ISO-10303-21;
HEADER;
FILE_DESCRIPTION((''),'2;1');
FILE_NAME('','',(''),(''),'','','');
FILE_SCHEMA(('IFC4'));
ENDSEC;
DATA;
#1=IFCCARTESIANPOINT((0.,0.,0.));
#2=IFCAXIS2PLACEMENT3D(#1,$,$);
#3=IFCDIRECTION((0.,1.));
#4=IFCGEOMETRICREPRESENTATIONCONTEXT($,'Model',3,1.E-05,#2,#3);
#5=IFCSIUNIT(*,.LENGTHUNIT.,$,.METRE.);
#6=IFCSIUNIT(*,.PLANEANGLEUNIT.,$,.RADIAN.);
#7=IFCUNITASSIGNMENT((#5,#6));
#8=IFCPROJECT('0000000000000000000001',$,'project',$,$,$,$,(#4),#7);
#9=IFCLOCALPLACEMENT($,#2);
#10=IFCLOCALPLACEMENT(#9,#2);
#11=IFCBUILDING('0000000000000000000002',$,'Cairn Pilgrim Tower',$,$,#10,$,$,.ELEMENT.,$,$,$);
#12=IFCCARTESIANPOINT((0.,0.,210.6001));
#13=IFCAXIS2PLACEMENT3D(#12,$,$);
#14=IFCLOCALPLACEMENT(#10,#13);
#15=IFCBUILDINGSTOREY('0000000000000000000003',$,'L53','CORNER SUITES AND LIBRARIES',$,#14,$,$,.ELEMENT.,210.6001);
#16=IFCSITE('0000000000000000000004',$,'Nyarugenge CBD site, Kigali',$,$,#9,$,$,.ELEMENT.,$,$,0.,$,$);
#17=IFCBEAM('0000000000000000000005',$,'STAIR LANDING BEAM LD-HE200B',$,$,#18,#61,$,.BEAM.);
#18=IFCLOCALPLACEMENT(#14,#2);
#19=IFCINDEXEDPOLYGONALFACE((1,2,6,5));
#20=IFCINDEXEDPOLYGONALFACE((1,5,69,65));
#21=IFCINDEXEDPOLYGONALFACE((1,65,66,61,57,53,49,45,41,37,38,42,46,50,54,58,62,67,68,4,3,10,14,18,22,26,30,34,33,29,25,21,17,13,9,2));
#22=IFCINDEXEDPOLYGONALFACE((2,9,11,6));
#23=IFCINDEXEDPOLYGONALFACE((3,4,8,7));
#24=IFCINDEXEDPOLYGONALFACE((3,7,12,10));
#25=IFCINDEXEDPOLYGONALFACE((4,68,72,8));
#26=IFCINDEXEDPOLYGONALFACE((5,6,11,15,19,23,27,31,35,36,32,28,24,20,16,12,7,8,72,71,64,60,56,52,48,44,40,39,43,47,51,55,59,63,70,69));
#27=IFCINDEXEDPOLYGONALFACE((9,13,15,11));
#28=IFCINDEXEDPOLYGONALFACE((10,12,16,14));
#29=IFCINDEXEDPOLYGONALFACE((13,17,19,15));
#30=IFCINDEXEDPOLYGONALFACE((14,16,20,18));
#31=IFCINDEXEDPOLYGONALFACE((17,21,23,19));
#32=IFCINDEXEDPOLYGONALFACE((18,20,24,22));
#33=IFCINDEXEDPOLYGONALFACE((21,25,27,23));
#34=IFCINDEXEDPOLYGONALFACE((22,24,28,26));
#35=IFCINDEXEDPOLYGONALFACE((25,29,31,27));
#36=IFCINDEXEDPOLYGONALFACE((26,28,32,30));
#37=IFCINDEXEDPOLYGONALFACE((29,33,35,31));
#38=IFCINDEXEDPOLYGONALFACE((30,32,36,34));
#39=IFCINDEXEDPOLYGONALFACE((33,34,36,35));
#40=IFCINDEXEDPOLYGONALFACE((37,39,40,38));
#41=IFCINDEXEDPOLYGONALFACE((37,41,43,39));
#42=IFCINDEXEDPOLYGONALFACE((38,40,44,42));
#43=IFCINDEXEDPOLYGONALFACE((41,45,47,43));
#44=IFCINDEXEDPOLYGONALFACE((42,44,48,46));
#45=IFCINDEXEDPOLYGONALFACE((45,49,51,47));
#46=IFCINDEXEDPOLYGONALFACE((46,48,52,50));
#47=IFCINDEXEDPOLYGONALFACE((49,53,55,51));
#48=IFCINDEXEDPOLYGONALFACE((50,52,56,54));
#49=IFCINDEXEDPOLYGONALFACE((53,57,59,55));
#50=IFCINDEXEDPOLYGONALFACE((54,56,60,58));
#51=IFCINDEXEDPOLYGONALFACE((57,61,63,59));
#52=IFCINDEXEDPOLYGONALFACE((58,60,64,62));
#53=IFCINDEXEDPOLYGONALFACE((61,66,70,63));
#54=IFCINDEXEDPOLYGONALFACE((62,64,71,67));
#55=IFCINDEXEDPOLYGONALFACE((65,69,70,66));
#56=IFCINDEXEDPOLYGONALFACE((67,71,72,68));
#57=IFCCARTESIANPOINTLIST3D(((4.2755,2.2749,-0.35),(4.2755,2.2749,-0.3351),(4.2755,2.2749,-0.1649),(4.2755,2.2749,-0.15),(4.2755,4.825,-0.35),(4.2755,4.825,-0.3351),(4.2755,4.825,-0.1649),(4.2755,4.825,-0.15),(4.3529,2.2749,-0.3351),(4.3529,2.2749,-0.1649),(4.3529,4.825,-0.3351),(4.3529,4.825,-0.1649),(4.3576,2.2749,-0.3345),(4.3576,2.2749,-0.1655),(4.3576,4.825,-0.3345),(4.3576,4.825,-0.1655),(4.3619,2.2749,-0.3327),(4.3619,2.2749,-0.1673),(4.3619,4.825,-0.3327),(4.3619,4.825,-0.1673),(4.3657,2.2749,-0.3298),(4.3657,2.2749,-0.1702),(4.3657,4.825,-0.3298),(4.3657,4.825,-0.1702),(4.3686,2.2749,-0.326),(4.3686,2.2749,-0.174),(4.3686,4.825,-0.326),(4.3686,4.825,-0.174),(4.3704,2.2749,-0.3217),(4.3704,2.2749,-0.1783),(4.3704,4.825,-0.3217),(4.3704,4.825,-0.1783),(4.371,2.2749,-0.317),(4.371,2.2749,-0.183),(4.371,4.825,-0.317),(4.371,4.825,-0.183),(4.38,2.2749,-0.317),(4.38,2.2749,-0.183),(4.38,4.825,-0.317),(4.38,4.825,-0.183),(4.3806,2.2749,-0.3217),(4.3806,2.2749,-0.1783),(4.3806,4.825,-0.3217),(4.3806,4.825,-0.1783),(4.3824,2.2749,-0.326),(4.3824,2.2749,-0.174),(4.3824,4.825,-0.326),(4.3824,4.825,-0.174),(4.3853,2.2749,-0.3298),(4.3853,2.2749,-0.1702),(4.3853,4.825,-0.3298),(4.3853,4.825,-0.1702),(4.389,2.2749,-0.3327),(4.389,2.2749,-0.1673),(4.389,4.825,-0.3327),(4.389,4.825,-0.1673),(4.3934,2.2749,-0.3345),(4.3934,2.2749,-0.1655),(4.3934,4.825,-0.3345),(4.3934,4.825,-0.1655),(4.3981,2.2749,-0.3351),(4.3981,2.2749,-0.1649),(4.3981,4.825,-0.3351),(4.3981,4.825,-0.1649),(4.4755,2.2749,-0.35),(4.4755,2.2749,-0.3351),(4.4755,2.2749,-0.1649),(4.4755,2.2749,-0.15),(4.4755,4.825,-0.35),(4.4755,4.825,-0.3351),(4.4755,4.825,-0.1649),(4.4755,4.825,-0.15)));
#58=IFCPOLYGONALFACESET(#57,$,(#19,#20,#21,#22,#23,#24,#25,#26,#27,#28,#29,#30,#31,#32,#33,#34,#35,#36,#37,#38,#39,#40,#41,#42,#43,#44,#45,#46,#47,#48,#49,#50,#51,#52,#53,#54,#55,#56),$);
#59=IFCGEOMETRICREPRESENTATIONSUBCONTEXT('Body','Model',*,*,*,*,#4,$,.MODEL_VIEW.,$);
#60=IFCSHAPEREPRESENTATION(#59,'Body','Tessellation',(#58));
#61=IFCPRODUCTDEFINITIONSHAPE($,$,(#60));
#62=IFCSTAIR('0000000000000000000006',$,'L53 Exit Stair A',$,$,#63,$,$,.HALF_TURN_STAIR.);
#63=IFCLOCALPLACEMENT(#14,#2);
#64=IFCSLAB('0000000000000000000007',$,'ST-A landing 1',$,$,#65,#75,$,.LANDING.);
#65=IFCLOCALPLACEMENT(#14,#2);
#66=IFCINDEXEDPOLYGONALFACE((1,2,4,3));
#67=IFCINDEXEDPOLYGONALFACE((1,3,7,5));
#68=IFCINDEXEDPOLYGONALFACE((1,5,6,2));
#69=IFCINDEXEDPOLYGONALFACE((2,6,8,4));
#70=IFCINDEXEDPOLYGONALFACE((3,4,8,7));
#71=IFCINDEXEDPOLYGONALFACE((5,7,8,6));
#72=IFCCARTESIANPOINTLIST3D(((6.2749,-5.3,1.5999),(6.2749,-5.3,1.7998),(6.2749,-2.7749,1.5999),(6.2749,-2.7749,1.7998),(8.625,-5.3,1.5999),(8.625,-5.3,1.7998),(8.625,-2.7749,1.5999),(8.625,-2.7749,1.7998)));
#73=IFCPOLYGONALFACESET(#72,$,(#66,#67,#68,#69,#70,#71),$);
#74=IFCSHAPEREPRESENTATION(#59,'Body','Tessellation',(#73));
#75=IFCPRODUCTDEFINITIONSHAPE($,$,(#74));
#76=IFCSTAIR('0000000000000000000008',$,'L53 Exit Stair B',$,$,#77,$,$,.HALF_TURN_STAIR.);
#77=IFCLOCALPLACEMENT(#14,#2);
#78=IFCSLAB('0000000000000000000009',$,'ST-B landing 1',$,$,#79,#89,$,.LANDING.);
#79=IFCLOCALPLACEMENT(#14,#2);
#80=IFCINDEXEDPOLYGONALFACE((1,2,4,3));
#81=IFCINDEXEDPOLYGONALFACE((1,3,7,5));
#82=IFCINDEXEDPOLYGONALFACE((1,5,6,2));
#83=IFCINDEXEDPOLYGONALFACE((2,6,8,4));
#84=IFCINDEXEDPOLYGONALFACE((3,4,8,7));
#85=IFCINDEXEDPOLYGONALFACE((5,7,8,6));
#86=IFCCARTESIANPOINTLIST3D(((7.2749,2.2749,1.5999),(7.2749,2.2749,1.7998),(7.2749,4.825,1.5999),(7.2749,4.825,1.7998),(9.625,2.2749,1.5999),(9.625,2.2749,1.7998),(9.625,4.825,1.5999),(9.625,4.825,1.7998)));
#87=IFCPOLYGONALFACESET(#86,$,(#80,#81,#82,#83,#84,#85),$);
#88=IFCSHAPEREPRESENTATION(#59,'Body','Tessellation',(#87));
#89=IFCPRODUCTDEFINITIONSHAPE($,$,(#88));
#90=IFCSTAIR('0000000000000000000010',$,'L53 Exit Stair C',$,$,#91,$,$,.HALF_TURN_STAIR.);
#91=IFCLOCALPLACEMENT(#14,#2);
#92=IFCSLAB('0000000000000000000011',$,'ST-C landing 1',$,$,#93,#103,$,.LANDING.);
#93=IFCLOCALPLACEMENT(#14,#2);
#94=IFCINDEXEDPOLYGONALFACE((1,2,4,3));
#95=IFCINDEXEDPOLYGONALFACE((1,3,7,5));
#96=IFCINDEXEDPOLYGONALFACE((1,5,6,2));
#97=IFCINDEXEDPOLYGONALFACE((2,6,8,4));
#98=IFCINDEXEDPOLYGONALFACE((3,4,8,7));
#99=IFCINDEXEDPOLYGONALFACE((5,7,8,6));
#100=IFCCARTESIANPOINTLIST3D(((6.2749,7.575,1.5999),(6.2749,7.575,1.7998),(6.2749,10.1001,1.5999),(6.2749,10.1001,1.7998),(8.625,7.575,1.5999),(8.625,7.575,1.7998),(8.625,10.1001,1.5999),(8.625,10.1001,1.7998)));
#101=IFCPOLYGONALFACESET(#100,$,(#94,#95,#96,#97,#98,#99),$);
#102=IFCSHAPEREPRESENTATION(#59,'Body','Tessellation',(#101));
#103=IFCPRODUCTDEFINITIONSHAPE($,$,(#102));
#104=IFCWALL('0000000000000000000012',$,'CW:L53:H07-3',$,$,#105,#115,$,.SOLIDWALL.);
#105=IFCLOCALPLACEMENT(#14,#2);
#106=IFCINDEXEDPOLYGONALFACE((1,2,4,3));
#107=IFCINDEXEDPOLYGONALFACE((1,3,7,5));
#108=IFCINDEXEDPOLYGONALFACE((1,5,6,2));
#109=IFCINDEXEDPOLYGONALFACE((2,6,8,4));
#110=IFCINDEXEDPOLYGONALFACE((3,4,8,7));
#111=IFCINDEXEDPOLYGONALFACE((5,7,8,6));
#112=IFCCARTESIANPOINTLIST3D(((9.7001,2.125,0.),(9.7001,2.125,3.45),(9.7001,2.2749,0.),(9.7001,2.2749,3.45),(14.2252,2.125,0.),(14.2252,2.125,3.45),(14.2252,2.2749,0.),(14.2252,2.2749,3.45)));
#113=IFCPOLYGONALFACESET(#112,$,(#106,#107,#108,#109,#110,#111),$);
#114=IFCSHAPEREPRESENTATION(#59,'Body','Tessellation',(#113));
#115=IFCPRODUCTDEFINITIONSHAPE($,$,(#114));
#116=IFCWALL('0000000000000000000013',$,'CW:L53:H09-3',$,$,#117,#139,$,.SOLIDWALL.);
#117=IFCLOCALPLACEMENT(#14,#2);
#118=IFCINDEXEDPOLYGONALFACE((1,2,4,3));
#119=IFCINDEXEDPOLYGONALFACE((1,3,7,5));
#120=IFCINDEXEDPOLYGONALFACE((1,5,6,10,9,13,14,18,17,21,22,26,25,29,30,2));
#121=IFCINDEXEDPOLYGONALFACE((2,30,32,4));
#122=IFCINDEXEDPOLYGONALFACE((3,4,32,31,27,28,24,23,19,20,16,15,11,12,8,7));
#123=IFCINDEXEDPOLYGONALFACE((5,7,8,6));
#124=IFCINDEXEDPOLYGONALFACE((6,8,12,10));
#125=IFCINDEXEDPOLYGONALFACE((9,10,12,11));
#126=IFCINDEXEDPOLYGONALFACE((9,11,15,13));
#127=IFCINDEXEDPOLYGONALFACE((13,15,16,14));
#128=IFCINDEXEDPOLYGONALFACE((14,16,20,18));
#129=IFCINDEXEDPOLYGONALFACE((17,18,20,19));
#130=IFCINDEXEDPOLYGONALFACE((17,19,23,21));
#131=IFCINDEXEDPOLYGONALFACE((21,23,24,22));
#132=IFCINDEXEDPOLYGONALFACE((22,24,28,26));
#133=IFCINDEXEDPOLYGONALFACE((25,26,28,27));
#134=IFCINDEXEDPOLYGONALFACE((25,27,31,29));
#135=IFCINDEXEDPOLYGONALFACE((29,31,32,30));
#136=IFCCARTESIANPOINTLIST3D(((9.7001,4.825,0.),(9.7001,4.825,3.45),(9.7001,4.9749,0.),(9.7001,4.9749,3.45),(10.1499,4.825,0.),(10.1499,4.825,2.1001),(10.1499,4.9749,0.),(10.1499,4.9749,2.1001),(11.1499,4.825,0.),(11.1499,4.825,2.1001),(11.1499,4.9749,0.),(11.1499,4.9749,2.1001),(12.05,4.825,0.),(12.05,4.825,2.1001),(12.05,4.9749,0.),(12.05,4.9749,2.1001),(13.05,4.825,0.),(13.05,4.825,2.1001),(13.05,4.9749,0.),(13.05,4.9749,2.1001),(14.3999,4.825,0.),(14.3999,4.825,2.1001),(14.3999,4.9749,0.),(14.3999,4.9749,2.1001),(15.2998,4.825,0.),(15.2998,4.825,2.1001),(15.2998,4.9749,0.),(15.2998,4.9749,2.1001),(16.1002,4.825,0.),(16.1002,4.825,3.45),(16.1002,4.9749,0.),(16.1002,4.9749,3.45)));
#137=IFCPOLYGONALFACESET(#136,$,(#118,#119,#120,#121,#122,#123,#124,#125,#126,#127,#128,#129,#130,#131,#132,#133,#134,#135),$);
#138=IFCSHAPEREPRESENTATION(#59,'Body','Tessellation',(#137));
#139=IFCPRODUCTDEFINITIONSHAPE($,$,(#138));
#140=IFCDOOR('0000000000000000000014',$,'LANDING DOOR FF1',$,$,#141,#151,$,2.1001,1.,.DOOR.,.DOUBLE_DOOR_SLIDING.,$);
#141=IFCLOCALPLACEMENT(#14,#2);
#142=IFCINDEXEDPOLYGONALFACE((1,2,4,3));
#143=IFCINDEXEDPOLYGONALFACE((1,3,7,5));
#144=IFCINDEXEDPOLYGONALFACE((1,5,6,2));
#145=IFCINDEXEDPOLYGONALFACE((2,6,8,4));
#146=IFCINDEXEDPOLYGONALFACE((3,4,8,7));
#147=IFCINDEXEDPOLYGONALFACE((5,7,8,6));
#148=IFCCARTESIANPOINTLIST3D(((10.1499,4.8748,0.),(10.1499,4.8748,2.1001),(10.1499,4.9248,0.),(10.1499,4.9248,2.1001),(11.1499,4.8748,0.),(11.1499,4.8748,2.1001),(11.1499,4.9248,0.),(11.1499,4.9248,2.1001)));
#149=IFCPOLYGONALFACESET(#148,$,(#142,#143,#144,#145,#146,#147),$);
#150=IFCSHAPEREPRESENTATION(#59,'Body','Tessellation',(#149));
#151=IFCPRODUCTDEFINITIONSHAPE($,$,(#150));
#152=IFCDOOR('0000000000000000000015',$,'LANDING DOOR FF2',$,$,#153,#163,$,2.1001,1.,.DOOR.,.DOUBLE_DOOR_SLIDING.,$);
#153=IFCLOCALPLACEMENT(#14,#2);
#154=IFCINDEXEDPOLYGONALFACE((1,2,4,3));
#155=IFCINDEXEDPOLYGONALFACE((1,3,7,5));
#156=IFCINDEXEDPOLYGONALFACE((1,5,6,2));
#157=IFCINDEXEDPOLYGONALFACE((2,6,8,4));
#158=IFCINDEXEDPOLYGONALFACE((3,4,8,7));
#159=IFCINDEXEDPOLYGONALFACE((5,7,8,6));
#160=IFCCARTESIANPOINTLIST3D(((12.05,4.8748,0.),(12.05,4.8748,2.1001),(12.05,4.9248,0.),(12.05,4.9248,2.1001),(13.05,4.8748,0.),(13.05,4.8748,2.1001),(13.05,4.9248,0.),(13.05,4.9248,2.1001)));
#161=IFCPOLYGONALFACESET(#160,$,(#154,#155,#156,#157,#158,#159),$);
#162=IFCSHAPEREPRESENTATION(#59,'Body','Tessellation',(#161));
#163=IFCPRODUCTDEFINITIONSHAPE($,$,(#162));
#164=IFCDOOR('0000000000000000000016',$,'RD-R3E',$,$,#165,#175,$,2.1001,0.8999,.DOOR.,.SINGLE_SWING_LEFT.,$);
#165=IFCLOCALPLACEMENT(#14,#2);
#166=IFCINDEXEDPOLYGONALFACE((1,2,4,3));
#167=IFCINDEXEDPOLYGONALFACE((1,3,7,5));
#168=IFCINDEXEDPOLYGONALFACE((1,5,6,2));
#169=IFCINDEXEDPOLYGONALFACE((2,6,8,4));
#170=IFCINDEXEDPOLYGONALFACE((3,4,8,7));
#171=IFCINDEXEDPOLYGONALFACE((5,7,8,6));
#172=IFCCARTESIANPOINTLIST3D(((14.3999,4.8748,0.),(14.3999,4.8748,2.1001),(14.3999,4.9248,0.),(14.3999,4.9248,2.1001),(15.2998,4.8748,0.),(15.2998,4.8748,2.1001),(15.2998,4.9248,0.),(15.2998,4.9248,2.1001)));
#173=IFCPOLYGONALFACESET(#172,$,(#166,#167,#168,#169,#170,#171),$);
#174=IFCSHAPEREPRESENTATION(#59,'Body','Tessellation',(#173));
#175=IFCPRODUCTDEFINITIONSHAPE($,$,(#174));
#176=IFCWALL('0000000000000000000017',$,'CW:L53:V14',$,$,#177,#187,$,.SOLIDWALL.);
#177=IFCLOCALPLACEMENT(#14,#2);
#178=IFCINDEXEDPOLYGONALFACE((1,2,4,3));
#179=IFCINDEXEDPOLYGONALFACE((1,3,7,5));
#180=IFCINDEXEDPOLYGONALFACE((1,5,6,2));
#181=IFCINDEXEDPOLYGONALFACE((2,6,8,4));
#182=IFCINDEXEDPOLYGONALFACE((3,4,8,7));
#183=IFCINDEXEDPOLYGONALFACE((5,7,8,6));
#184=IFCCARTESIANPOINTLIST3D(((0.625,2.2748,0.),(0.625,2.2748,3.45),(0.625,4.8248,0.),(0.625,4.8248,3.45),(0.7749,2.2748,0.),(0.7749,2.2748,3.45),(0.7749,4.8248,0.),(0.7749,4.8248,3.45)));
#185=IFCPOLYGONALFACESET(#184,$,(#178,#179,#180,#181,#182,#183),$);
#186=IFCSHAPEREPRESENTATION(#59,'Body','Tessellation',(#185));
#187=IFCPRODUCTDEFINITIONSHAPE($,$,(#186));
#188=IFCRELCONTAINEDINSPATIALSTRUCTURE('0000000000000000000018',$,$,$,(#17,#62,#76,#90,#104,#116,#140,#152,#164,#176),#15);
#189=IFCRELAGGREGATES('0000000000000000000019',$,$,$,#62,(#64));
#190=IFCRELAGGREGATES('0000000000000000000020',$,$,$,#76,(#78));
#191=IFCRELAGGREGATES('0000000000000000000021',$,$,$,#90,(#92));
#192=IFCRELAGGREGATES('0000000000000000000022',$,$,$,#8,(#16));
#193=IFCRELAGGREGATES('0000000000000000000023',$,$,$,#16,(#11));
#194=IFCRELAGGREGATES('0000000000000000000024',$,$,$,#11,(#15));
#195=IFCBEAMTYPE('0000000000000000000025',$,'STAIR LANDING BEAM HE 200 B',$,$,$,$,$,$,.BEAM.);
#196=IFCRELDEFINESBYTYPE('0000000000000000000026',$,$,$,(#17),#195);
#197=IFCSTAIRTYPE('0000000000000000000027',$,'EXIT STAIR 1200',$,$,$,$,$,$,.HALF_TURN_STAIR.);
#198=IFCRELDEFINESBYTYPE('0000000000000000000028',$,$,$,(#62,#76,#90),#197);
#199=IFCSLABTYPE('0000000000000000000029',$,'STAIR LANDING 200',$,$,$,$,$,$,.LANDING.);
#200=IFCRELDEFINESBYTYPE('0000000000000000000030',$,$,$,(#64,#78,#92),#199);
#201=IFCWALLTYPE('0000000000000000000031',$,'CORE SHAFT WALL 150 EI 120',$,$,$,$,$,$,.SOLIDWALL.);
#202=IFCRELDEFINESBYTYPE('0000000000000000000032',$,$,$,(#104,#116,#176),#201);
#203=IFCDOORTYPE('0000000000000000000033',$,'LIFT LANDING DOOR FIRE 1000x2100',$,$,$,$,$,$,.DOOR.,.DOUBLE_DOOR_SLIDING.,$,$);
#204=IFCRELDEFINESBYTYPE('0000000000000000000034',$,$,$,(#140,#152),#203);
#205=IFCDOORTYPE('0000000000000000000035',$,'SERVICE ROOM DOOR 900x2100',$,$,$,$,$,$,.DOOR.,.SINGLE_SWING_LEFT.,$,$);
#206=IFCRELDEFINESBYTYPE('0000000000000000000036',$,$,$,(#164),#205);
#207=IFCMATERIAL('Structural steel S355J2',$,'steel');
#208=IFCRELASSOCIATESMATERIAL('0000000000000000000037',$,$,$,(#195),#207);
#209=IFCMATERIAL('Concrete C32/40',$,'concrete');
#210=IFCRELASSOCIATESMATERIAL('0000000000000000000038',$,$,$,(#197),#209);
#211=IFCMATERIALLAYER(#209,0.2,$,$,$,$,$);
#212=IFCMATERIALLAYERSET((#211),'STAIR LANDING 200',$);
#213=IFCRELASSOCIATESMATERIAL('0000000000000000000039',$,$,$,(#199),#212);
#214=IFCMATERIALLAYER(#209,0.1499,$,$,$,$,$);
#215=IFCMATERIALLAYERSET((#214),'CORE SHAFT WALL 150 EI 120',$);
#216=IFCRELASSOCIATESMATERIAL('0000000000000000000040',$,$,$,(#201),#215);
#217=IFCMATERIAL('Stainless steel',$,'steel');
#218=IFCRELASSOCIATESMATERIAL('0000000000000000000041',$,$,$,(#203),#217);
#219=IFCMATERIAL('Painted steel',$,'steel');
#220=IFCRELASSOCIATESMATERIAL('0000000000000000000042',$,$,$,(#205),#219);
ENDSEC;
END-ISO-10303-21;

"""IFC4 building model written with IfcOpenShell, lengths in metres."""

from ifc_helpers import new_model, si_unit, direction, frame, frame_2d, origin, origin_2d, place, context, subcontext, project, spatial, polyline, rectangle, i_section, outline, extrude, material, layer, layer_set, material_profile, profile_set, type_object, element, fill, aggregate, save


model = new_model("IFC4")

# Units and contexts
model_context = context("Model", 3, precision=1e-05, world=origin(), true_north=direction((0.0, 1.0)))
body_context = subcontext(model_context, "Body", "Model", "MODEL_VIEW")
ifc_project = project(units=[si_unit("LENGTHUNIT", "METRE"), si_unit("PLANEANGLEUNIT", "RADIAN")], contexts=[model_context])

# Site, building, storey
site_placement = place(None, origin())
site = spatial("IfcSite", under=ifc_project, at=site_placement, Name="Nyarugenge CBD site, Kigali", CompositionType="ELEMENT", RefElevation=0.0)
building_placement = place(site_placement, origin())
building = spatial("IfcBuilding", under=site, at=building_placement, Name="Cairn Pilgrim Tower", CompositionType="ELEMENT")
storey_placement = place(building_placement, frame((0.0, 0.0, 210.6001)))
storey = spatial("IfcBuildingStorey", under=building, at=storey_placement, Name="L53", Description="CORNER SUITES AND LIBRARIES", CompositionType="ELEMENT", Elevation=210.6001)

# Beam
ifc_material_1 = material(Name="Structural steel S355J2", Category="steel")
ifc_material_profile = material_profile(ifc_material_1, i_section(OverallWidth=0.2, OverallDepth=0.2, WebThickness=0.009, FlangeThickness=0.0149, FilletRadius=0.0181, at=origin_2d()), Name="HE 200 B")
ifc_profile_set = profile_set([ifc_material_profile], Name="Structural steel S355J2")
beam_type = type_object("IfcBeamType", Name="STAIR LANDING BEAM HE 200 B", PredefinedType="BEAM", material=ifc_profile_set)
beam_placement = place(storey_placement, frame((4.3755, 2.2749, -0.25), z_axis=(0.0, 1.0, 0.0), x_axis=(-1.0, 0.0, 0.0)))
element("IfcBeam", 1, at=beam_placement, inside=storey, type_object=beam_type, Name="STAIR LANDING BEAM LD-HE200B", PredefinedType="BEAM", context=body_context, shape_type="SweptSolid", body=[
    extrude(i_section(OverallWidth=0.2, OverallDepth=0.2, WebThickness=0.009, FlangeThickness=0.0149, FilletRadius=0.0181, at=origin_2d()), origin(), (0.0, 0.0, 1.0), 2.55),
])

# Stairs, slabs
ifc_material_2 = material(Name="Concrete C32/40", Category="concrete")
stair_type = type_object("IfcStairType", Name="EXIT STAIR 1200", PredefinedType="HALF_TURN_STAIR", material=ifc_material_2)
stair_1_placement = place(storey_placement, origin())
stair_1 = element("IfcStair", 2, at=stair_1_placement, inside=storey, type_object=stair_type, Name="L53 Exit Stair A", PredefinedType="HALF_TURN_STAIR")
ifc_layer_1 = layer(ifc_material_2, 0.2)
ifc_layer_set_1 = layer_set([ifc_layer_1], Name="STAIR LANDING 200")
slab_type = type_object("IfcSlabType", Name="STAIR LANDING 200", PredefinedType="LANDING", material=ifc_layer_set_1)
slab_1_placement = place(storey_placement, frame((0.0, 0.0, 1.5999)))
slab_1 = element("IfcSlab", 3, at=slab_1_placement, type_object=slab_type, Name="ST-A landing 1", PredefinedType="LANDING", context=body_context, shape_type="SweptSolid", body=[
    extrude(outline(polyline([(8.625, -2.7749), (6.2749, -2.7749), (6.2749, -5.3), (8.625, -5.3), (8.625, -2.7749)])), origin(), (0.0, 0.0, 1.0), 0.2),
])
aggregate(stair_1, [slab_1])
stair_2_placement = place(storey_placement, origin())
stair_2 = element("IfcStair", 4, at=stair_2_placement, inside=storey, type_object=stair_type, Name="L53 Exit Stair B", PredefinedType="HALF_TURN_STAIR")
slab_2_placement = place(storey_placement, frame((0.0, 0.0, 1.5999)))
slab_2 = element("IfcSlab", 5, at=slab_2_placement, type_object=slab_type, Name="ST-B landing 1", PredefinedType="LANDING", context=body_context, shape_type="SweptSolid", body=[
    extrude(outline(polyline([(7.2749, 2.2749), (9.625, 2.2749), (9.625, 4.825), (7.2749, 4.825), (7.2749, 2.2749)])), origin(), (0.0, 0.0, 1.0), 0.2),
])
stair_3_placement = place(storey_placement, origin())
stair_3 = element("IfcStair", 6, at=stair_3_placement, inside=storey, type_object=stair_type, Name="L53 Exit Stair C", PredefinedType="HALF_TURN_STAIR")
slab_3_placement = place(storey_placement, frame((0.0, 0.0, 1.5999)))
slab_3 = element("IfcSlab", 7, at=slab_3_placement, type_object=slab_type, Name="ST-C landing 1", PredefinedType="LANDING", context=body_context, shape_type="SweptSolid", body=[
    extrude(outline(polyline([(8.625, 10.1001), (6.2749, 10.1001), (6.2749, 7.575), (8.625, 7.575), (8.625, 10.1001)])), origin(), (0.0, 0.0, 1.0), 0.2),
])

# Wall
ifc_layer_2 = layer(ifc_material_2, 0.1499)
ifc_layer_set_2 = layer_set([ifc_layer_2], Name="CORE SHAFT WALL 150 EI 120")
wall_type_1 = type_object("IfcWallType", Name="CORE SHAFT WALL 150 EI 120", PredefinedType="SOLIDWALL", material=ifc_layer_set_2)
wall_1_placement = place(storey_placement, frame((9.7, 2.2, 0.0), z_axis=(0.0, 0.0, 1.0), x_axis=(1.0, 0.0, 0.0)))
element("IfcWall", 8, at=wall_1_placement, inside=storey, type_object=wall_type_1, Name="CW:L53:H07-3", PredefinedType="SOLIDWALL", context=body_context, shape_type="SweptSolid", body=[
    extrude(rectangle(XDim=4.5251, YDim=0.1499, at=frame_2d((2.2627, 0.0))), origin(), (0.0, 0.0, 1.0), 3.45),
])

# Wall, openings, doors
wall_2_placement = place(storey_placement, frame((9.7, 4.8999, 0.0), z_axis=(0.0, 0.0, 1.0), x_axis=(1.0, 0.0, 0.0)))
wall_2 = element("IfcWall", 9, at=wall_2_placement, inside=storey, type_object=wall_type_1, Name="CW:L53:H09-3", PredefinedType="SOLIDWALL", context=body_context, shape_type="SweptSolid", body=[
    extrude(rectangle(XDim=6.4001, YDim=0.1499, at=frame_2d((3.2002, 0.0))), origin(), (0.0, 0.0, 1.0), 3.45),
])
opening_1_placement = place(wall_2_placement, frame((0.45, 0.0, 0.0)))
opening_1 = element("IfcOpeningElement", 10, at=opening_1_placement, cuts=wall_2, PredefinedType="OPENING", context=body_context, shape_type="SweptSolid", body=[
    extrude(rectangle(XDim=1.0, YDim=2.1001, at=frame_2d((0.5, 1.05))), frame((0.0, 0.085, 0.0), z_axis=(0.0, -1.0, 0.0), x_axis=(1.0, 0.0, 0.0)), (0.0, 0.0, 1.0), 0.1699),
])
opening_2_placement = place(wall_2_placement, frame((2.3501, 0.0, 0.0)))
opening_2 = element("IfcOpeningElement", 11, at=opening_2_placement, cuts=wall_2, PredefinedType="OPENING", context=body_context, shape_type="SweptSolid", body=[
    extrude(rectangle(XDim=1.0, YDim=2.1001, at=frame_2d((0.5, 1.05))), frame((0.0, 0.085, 0.0), z_axis=(0.0, -1.0, 0.0), x_axis=(1.0, 0.0, 0.0)), (0.0, 0.0, 1.0), 0.1699),
])
opening_3_placement = place(wall_2_placement, frame((4.7, 0.0, 0.0)))
opening_3 = element("IfcOpeningElement", 12, at=opening_3_placement, cuts=wall_2, PredefinedType="OPENING", context=body_context, shape_type="SweptSolid", body=[
    extrude(rectangle(XDim=0.8999, YDim=2.1001, at=frame_2d((0.45, 1.05))), frame((0.0, 0.085, 0.0), z_axis=(0.0, -1.0, 0.0), x_axis=(1.0, 0.0, 0.0)), (0.0, 0.0, 1.0), 0.1699),
])
ifc_material_3 = material(Name="Stainless steel", Category="steel")
door_type_1 = type_object("IfcDoorType", Name="LIFT LANDING DOOR FIRE 1000x2100", OperationType="DOUBLE_DOOR_SLIDING", PredefinedType="DOOR", material=ifc_material_3)
door_1_placement = place(opening_1_placement, origin())
door_1 = element("IfcDoor", 13, at=door_1_placement, inside=storey, type_object=door_type_1, Name="LANDING DOOR FF1", OperationType="DOUBLE_DOOR_SLIDING", OverallHeight=2.1001, OverallWidth=1.0, PredefinedType="DOOR", context=body_context, shape_type="SweptSolid", body=[
    extrude(rectangle(XDim=1.0, YDim=2.1001, at=frame_2d((0.5, 1.05))), frame((0.0, 0.0249, 0.0), z_axis=(0.0, -1.0, 0.0), x_axis=(1.0, 0.0, 0.0)), (0.0, 0.0, 1.0), 0.05),
])
fill(opening_1, door_1)
door_2_placement = place(opening_2_placement, origin())
door_2 = element("IfcDoor", 14, at=door_2_placement, inside=storey, type_object=door_type_1, Name="LANDING DOOR FF2", OperationType="DOUBLE_DOOR_SLIDING", OverallHeight=2.1001, OverallWidth=1.0, PredefinedType="DOOR", context=body_context, shape_type="SweptSolid", body=[
    extrude(rectangle(XDim=1.0, YDim=2.1001, at=frame_2d((0.5, 1.05))), frame((0.0, 0.0249, 0.0), z_axis=(0.0, -1.0, 0.0), x_axis=(1.0, 0.0, 0.0)), (0.0, 0.0, 1.0), 0.05),
])
fill(opening_2, door_2)
ifc_material_4 = material(Name="Painted steel", Category="steel")
door_type_2 = type_object("IfcDoorType", Name="SERVICE ROOM DOOR 900x2100", OperationType="SINGLE_SWING_LEFT", PredefinedType="DOOR", material=ifc_material_4)
door_3_placement = place(opening_3_placement, origin())
door_3 = element("IfcDoor", 15, at=door_3_placement, inside=storey, type_object=door_type_2, Name="RD-R3E", OperationType="SINGLE_SWING_LEFT", OverallHeight=2.1001, OverallWidth=0.8999, PredefinedType="DOOR", context=body_context, shape_type="SweptSolid", body=[
    extrude(rectangle(XDim=0.8999, YDim=2.1001, at=frame_2d((0.45, 1.05))), frame((0.0, 0.0249, 0.0), z_axis=(0.0, -1.0, 0.0), x_axis=(1.0, 0.0, 0.0)), (0.0, 0.0, 1.0), 0.05),
])
fill(opening_3, door_3)

# Wall
wall_3_placement = place(storey_placement, frame((0.7, 2.2749, 0.0), z_axis=(0.0, 0.0, 1.0), x_axis=(0.0, 1.0, 0.0)))
element("IfcWall", 16, at=wall_3_placement, inside=storey, type_object=wall_type_1, Name="CW:L53:V14", PredefinedType="SOLIDWALL", context=body_context, shape_type="SweptSolid", body=[
    extrude(rectangle(XDim=2.55, YDim=0.1499, at=frame_2d((1.2749, 0.0))), origin(), (0.0, 0.0, 1.0), 3.45),
])

aggregate(stair_2, [slab_2])
aggregate(stair_3, [slab_3])

save(model, "model.ifc")
